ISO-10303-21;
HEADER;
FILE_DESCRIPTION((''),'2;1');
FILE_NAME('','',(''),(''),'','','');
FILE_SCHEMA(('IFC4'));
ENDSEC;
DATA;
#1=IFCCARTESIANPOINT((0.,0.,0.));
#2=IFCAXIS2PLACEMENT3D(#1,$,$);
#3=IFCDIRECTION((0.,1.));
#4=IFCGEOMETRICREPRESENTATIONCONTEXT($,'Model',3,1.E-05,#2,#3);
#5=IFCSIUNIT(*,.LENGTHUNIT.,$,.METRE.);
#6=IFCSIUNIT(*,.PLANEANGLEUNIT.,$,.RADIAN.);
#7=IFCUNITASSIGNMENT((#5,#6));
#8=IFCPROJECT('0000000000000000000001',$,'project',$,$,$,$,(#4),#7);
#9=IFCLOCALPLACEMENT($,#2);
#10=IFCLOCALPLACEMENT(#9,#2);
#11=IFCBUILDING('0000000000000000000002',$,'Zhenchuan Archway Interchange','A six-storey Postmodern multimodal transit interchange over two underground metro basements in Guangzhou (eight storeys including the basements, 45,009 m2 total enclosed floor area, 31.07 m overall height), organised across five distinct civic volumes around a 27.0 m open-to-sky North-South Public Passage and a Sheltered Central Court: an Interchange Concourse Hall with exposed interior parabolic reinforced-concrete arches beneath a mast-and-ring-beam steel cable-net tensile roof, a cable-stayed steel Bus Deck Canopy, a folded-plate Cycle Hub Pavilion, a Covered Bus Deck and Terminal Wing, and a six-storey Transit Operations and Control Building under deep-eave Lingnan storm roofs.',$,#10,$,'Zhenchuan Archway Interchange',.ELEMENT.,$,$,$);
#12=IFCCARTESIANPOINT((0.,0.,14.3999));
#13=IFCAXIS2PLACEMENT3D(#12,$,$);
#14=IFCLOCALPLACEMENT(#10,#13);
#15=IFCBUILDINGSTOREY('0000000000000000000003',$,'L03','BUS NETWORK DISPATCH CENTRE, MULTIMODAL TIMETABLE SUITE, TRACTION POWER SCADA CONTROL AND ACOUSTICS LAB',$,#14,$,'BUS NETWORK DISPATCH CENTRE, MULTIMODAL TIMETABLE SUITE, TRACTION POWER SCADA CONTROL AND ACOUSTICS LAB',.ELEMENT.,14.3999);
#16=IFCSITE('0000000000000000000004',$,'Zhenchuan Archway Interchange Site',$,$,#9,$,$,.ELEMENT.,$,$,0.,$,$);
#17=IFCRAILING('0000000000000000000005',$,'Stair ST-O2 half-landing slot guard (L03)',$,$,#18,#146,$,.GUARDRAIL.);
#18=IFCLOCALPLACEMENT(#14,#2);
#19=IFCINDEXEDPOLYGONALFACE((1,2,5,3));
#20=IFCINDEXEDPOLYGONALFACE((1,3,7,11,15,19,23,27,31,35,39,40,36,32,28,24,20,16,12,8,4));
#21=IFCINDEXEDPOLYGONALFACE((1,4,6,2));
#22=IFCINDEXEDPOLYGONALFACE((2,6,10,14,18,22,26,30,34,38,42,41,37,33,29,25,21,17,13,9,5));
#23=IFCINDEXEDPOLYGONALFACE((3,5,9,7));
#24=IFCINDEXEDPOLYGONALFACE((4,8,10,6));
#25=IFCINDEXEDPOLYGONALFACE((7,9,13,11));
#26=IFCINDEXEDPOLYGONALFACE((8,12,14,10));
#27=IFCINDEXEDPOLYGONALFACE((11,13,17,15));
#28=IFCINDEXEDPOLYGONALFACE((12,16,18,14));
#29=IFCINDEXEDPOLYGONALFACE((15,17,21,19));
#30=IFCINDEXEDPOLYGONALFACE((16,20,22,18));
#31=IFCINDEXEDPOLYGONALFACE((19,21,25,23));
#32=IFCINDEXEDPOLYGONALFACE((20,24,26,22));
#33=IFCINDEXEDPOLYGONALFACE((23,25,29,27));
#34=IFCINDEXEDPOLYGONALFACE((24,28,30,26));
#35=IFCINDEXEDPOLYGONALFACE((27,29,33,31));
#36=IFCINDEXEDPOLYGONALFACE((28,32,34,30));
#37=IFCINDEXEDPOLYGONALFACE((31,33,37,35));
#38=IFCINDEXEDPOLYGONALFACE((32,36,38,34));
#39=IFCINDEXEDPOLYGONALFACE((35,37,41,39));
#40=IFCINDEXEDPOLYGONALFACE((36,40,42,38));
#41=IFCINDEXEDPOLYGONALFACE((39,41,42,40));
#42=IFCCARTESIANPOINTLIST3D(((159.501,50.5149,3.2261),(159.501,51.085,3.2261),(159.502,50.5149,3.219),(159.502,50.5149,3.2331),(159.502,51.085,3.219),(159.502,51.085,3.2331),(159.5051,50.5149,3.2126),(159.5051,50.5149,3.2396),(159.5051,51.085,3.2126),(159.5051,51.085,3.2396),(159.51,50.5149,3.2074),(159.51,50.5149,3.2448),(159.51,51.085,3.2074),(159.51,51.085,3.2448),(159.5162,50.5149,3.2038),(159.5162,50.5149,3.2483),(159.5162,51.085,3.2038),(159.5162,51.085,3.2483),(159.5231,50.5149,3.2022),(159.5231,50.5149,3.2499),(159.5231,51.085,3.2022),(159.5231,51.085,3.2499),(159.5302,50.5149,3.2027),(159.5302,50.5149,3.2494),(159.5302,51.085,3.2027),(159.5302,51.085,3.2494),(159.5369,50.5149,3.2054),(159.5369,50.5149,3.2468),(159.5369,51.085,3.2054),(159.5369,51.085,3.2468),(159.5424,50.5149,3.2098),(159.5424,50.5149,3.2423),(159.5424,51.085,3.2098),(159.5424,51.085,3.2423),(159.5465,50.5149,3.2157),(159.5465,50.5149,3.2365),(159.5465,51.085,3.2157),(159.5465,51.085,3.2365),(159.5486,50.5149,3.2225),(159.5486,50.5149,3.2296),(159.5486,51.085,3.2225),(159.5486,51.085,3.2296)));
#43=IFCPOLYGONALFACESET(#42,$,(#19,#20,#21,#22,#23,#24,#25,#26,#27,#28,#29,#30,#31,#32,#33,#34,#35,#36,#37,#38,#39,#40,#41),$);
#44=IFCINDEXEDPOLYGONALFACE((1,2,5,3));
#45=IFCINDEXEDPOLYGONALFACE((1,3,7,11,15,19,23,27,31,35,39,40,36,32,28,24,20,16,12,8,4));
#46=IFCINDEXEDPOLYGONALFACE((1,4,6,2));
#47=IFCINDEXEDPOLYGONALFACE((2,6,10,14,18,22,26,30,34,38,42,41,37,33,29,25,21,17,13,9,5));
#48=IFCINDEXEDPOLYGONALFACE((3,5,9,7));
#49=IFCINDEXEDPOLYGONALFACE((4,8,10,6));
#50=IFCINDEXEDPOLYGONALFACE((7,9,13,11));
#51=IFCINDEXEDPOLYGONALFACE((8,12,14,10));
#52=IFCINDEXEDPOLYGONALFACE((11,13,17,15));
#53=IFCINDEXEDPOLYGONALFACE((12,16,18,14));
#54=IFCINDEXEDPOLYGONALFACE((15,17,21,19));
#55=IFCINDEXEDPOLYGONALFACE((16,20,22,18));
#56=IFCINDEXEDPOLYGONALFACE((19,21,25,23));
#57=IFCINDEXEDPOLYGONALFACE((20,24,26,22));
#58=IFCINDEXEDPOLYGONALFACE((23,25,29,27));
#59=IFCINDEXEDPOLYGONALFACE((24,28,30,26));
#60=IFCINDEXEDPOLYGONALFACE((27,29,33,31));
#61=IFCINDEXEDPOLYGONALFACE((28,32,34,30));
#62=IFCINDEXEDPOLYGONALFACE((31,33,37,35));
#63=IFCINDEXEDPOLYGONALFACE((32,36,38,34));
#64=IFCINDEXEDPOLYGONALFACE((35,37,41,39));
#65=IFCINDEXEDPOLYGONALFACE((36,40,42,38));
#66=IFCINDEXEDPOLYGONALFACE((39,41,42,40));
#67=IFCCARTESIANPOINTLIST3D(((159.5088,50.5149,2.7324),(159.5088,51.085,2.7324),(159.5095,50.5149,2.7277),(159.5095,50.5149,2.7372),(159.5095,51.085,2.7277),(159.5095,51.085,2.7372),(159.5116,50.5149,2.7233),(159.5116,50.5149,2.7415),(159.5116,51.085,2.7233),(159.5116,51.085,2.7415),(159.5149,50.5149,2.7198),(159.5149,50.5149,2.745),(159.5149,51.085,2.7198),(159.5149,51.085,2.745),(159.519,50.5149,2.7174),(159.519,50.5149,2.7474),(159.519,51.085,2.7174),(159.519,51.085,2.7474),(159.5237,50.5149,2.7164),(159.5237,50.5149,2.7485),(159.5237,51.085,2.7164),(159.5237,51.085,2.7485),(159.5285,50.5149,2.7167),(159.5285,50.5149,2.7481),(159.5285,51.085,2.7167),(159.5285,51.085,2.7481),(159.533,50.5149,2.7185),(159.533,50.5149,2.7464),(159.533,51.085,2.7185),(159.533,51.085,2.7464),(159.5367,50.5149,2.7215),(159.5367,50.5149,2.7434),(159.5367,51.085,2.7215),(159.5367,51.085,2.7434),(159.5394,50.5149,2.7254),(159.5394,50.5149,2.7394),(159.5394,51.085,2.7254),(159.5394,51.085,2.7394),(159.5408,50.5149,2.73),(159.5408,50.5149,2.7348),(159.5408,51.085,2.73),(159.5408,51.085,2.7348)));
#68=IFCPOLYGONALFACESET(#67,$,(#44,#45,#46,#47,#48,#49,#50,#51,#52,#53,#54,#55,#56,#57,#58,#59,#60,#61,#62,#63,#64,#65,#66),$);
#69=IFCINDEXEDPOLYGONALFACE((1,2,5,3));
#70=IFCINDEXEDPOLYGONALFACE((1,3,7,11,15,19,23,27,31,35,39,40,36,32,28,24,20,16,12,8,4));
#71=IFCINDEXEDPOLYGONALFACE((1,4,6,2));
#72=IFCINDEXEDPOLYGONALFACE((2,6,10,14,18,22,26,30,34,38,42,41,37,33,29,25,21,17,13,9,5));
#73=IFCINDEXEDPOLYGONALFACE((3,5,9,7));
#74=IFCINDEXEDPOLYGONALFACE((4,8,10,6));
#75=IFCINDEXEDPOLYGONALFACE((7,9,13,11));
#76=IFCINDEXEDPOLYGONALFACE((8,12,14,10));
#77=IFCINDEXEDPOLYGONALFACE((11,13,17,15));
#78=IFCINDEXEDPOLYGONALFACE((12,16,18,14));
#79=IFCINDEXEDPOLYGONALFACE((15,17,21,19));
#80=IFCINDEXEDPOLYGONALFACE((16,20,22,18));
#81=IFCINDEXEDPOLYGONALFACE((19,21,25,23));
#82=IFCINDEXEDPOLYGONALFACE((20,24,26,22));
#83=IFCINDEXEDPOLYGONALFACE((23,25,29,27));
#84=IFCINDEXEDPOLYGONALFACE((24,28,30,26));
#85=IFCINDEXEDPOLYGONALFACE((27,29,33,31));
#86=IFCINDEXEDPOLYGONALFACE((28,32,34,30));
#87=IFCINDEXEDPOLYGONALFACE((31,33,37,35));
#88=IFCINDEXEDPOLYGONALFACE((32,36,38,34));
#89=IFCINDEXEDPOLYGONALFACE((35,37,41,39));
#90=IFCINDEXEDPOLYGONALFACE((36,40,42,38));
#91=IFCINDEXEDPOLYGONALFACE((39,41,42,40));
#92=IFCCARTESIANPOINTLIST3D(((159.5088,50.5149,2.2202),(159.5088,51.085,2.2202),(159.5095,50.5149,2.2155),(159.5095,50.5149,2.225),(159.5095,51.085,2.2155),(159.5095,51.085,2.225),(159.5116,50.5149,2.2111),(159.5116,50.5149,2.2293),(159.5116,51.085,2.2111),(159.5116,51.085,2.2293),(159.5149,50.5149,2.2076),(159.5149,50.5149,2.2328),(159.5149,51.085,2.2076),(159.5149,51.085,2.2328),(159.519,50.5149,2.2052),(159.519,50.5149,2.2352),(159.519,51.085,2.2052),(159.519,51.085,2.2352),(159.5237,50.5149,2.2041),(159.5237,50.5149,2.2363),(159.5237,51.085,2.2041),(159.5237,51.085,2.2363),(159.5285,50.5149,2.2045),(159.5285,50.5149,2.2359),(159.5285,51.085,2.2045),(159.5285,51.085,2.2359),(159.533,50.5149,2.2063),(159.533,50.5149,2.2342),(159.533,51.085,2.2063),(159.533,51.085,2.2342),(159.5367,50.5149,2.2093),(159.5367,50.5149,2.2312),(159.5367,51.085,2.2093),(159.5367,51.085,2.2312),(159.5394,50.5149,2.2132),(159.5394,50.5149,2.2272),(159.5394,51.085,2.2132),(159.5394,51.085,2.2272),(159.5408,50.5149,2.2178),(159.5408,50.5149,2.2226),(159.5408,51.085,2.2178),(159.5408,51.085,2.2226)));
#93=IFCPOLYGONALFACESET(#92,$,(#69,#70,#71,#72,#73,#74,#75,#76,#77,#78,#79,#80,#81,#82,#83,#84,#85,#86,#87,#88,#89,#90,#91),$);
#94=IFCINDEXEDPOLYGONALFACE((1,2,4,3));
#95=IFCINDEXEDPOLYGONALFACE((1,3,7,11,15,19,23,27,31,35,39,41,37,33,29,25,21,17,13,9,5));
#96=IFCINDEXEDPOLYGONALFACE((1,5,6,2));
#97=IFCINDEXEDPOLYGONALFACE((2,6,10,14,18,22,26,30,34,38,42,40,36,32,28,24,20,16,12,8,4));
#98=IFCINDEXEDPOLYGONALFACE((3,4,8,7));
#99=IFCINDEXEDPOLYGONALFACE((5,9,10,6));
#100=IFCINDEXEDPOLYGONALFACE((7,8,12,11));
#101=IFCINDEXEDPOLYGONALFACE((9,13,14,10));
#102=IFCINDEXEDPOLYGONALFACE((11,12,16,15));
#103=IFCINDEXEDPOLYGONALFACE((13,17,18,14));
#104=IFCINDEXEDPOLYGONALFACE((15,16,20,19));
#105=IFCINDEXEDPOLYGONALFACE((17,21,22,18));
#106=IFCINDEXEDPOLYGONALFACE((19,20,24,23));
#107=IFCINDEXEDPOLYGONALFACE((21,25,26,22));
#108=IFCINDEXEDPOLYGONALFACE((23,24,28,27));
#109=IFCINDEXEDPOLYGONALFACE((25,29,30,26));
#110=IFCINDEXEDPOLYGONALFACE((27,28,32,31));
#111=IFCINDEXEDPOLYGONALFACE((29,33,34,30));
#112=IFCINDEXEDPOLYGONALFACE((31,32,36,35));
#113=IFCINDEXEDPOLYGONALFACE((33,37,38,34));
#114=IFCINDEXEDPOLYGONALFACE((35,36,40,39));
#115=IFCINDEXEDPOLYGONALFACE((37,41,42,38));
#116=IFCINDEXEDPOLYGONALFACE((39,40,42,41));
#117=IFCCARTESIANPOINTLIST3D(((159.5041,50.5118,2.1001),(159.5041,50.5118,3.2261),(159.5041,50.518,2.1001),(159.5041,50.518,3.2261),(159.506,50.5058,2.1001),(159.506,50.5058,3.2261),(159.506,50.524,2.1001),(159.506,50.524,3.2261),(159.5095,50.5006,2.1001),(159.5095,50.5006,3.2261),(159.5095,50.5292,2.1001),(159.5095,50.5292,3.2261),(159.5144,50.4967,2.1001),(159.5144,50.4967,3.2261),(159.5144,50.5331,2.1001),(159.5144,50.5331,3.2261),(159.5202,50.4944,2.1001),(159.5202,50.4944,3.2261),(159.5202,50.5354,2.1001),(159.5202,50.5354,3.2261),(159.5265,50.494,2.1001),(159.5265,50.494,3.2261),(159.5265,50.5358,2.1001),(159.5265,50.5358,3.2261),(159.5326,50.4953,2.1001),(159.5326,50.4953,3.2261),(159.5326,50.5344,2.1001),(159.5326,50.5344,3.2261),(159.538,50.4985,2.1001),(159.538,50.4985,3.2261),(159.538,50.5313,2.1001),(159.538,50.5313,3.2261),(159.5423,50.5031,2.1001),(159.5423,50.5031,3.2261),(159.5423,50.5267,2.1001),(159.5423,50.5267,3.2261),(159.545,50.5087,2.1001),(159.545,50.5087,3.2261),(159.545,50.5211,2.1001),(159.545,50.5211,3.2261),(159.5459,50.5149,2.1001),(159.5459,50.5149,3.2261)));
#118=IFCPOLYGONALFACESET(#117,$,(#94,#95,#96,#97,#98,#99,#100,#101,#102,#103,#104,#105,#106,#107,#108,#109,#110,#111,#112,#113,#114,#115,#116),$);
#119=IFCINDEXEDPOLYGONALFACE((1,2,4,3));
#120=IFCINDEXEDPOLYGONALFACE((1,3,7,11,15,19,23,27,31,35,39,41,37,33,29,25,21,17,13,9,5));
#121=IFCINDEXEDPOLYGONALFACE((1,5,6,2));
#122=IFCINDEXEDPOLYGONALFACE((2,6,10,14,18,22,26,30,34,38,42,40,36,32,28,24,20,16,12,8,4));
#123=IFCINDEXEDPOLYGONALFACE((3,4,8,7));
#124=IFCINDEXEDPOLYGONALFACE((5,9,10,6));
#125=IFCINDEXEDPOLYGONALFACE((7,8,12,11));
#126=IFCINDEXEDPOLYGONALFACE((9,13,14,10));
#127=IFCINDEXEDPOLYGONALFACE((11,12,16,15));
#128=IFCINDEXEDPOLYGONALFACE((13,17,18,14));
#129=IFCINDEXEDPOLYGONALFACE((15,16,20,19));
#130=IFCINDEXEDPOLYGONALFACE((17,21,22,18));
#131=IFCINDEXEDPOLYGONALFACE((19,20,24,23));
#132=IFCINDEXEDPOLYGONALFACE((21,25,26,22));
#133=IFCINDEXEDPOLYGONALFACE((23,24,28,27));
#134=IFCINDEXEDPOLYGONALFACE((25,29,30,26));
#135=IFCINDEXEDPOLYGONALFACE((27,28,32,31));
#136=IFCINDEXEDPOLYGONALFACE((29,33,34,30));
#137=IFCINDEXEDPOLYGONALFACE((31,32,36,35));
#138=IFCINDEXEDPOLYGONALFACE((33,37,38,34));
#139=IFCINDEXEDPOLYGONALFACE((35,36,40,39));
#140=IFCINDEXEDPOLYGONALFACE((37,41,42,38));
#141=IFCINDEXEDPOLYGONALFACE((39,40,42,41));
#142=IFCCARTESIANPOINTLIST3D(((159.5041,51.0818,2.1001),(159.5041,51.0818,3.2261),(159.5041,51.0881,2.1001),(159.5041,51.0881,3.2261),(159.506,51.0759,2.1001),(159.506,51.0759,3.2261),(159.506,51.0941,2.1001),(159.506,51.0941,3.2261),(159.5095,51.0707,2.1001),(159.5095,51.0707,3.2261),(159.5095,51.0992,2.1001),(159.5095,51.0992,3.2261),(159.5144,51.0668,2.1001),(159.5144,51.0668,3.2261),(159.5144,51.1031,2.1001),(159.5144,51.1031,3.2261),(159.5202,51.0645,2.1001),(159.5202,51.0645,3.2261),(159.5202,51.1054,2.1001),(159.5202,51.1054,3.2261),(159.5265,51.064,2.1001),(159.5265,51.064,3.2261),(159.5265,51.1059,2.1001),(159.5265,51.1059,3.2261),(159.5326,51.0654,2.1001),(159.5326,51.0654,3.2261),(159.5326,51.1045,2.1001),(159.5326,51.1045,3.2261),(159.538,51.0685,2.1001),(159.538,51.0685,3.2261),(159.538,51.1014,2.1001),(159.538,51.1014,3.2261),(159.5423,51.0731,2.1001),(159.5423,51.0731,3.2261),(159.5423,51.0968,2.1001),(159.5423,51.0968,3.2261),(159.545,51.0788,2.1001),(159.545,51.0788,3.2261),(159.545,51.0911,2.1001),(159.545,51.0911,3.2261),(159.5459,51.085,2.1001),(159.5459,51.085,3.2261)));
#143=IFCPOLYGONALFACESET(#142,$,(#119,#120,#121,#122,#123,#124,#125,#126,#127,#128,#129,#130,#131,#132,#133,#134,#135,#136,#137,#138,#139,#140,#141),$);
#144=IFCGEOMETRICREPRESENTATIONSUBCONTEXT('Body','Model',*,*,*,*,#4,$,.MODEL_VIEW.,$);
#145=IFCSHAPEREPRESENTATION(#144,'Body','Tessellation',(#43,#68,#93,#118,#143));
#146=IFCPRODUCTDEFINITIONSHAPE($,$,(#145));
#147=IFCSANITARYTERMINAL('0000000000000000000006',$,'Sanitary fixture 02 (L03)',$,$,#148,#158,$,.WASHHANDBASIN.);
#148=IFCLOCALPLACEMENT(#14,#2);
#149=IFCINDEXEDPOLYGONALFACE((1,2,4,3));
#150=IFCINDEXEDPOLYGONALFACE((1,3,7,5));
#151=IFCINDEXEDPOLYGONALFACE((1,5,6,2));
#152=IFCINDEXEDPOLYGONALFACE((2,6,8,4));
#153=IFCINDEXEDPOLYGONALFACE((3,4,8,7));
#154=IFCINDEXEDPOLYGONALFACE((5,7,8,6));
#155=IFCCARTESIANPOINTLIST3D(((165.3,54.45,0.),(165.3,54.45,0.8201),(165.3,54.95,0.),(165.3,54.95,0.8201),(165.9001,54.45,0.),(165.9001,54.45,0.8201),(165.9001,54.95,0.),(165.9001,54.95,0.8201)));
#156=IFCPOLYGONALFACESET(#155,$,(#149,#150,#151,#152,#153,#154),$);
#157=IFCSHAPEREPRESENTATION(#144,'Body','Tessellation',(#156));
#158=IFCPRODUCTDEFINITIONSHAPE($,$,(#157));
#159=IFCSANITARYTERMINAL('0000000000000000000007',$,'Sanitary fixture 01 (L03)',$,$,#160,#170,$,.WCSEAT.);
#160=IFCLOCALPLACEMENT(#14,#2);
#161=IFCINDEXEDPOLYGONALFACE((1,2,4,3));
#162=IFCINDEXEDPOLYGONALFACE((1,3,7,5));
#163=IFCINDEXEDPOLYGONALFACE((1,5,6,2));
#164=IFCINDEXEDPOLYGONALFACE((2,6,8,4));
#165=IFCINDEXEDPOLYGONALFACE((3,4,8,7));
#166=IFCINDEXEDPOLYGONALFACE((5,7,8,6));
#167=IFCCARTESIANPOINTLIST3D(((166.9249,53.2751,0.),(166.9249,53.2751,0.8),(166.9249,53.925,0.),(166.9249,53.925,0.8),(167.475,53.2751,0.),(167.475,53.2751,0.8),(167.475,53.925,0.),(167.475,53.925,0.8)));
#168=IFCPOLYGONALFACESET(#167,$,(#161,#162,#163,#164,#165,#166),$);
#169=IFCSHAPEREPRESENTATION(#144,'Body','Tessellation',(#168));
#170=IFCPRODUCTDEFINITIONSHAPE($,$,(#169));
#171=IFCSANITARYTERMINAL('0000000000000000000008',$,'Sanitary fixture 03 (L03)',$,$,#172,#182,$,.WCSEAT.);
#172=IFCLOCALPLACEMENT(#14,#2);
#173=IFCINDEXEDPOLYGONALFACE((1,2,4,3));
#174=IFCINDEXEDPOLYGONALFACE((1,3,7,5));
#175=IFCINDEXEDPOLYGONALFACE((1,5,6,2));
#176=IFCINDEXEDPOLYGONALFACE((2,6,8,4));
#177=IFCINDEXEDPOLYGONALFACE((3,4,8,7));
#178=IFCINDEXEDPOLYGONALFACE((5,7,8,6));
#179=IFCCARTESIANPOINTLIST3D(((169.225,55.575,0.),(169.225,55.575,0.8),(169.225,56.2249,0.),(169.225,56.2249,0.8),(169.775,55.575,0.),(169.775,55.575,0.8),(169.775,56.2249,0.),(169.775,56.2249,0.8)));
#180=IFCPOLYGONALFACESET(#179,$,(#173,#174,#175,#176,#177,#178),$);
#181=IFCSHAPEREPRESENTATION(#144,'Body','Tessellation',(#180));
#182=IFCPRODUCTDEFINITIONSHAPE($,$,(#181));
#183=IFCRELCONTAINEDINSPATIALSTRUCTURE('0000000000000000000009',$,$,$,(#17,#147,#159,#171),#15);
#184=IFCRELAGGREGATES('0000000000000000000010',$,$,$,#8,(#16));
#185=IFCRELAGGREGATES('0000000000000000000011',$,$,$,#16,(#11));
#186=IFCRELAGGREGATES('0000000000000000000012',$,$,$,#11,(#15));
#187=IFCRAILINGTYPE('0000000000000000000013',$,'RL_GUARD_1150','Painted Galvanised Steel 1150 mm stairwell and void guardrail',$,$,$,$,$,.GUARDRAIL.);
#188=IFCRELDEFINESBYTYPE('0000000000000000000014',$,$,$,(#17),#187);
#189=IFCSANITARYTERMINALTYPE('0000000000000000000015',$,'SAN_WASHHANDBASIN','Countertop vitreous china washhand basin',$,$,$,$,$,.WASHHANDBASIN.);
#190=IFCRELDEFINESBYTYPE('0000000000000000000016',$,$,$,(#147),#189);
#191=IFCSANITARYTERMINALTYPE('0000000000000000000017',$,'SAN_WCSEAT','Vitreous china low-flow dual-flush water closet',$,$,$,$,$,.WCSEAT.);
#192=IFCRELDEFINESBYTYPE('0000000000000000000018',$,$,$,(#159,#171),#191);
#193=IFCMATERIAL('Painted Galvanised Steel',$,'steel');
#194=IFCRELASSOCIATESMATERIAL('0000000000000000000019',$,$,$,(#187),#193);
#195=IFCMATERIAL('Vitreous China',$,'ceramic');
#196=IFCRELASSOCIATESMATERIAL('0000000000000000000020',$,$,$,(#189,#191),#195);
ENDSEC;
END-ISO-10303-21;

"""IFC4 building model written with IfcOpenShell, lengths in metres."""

from ifc_helpers import new_model, si_unit, direction, frame, origin, origin_2d, place, context, subcontext, project, spatial, rectangle, circle, extrude, material, type_object, element, save


model = new_model("IFC4")

# Units and contexts
model_context = context("Model", 3, precision=1e-05, world=origin(), true_north=direction((0.0, 1.0)))
body_context = subcontext(model_context, "Body", "Model", "MODEL_VIEW")
ifc_project = project(units=[si_unit("LENGTHUNIT", "METRE"), si_unit("PLANEANGLEUNIT", "RADIAN")], contexts=[model_context])

# Site, building, storey
site_placement = place(None, origin())
site = spatial("IfcSite", under=ifc_project, at=site_placement, Name="Zhenchuan Archway Interchange Site", CompositionType="ELEMENT", RefElevation=0.0)
building_placement = place(site_placement, origin())
building = spatial("IfcBuilding", under=site, at=building_placement, Name="Zhenchuan Archway Interchange", Description="A six-storey Postmodern multimodal transit interchange over two underground metro basements in Guangzhou (eight storeys including the basements, 45,009 m2 total enclosed floor area, 31.07 m overall height), organised across five distinct civic volumes around a 27.0 m open-to-sky North-South Public Passage and a Sheltered Central Court: an Interchange Concourse Hall with exposed interior parabolic reinforced-concrete arches beneath a mast-and-ring-beam steel cable-net tensile roof, a cable-stayed steel Bus Deck Canopy, a folded-plate Cycle Hub Pavilion, a Covered Bus Deck and Terminal Wing, and a six-storey Transit Operations and Control Building under deep-eave Lingnan storm roofs.", LongName="Zhenchuan Archway Interchange", CompositionType="ELEMENT")
storey_placement = place(building_placement, frame((0.0, 0.0, 14.3999)))
storey = spatial("IfcBuildingStorey", under=building, at=storey_placement, Name="L03", Description="BUS NETWORK DISPATCH CENTRE, MULTIMODAL TIMETABLE SUITE, TRACTION POWER SCADA CONTROL AND ACOUSTICS LAB", LongName="BUS NETWORK DISPATCH CENTRE, MULTIMODAL TIMETABLE SUITE, TRACTION POWER SCADA CONTROL AND ACOUSTICS LAB", CompositionType="ELEMENT", Elevation=14.3999)

# Shared definitions
ifc_material_1 = material(Name="Painted Galvanised Steel", Category="steel")

# Railing
railing_type_1 = type_object("IfcRailingType", Name="RL_GUARD_1150", Description="Painted Galvanised Steel 1150 mm stairwell and void guardrail", PredefinedType="GUARDRAIL", material=ifc_material_1)
railing_placement = place(storey_placement, frame((159.5249, 50.5149, 2.1001)))
element("IfcRailing", 1, at=railing_placement, inside=storey, type_object=railing_type_1, Name="Stair ST-O2 half-landing slot guard (L03)", PredefinedType="GUARDRAIL", context=body_context, shape_type="SweptSolid", body=[
    extrude(circle(Radius=0.0239, at=origin_2d()), frame((0.0, 0.0, 1.126), z_axis=(0.0, 1.0, 0.0), x_axis=(-1.0, 0.0, 0.0)), (0.0, 0.0, 1.0), 0.5701),
    extrude(circle(Radius=0.0161, at=origin_2d()), frame((0.0, 0.0, 0.6323), z_axis=(0.0, 1.0, 0.0), x_axis=(-1.0, 0.0, 0.0)), (0.0, 0.0, 1.0), 0.5701),
    extrude(circle(Radius=0.0161, at=origin_2d()), frame((0.0, 0.0, 0.1201), z_axis=(0.0, 1.0, 0.0), x_axis=(-1.0, 0.0, 0.0)), (0.0, 0.0, 1.0), 0.5701),
    extrude(circle(Radius=0.021, at=origin_2d()), origin(), (0.0, 0.0, 1.0), 1.126),
    extrude(circle(Radius=0.021, at=origin_2d()), frame((0.0, 0.5701, 0.0)), (0.0, 0.0, 1.0), 1.126),
])

# Sanitary terminals
ifc_material_2 = material(Name="Vitreous China", Category="ceramic")
sanitary_terminal_type_1 = type_object("IfcSanitaryTerminalType", Name="SAN_WASHHANDBASIN", Description="Countertop vitreous china washhand basin", PredefinedType="WASHHANDBASIN", material=ifc_material_2)
sanitary_terminal_placement = place(storey_placement, frame((165.6001, 54.7, 0.0), z_axis=(0.0, 0.0, 1.0), x_axis=(1.0, 0.0, 0.0)))
element("IfcSanitaryTerminal", 2, at=sanitary_terminal_placement, inside=storey, type_object=sanitary_terminal_type_1, Name="Sanitary fixture 02 (L03)", PredefinedType="WASHHANDBASIN", context=body_context, shape_type="SweptSolid", body=[
    extrude(rectangle(XDim=0.6001, YDim=0.5, at=origin_2d()), origin(), (0.0, 0.0, 1.0), 0.8201),
])
sanitary_terminal_type_2 = type_object("IfcSanitaryTerminalType", Name="SAN_WCSEAT", Description="Vitreous china low-flow dual-flush water closet", PredefinedType="WCSEAT", material=ifc_material_2)
for number, where, z_axis, x_axis, name in (
    (3, (167.2, 53.6001, 0.0), (0.0, 0.0, 1.0), (1.0, 0.0, 0.0), "Sanitary fixture 01 (L03)"),
    (4, (169.5, 55.8999, 0.0), (0.0, 0.0, 1.0), (1.0, 0.0, 0.0), "Sanitary fixture 03 (L03)"),
):
    element("IfcSanitaryTerminal", number, at=place(storey_placement, frame(where, z_axis=z_axis, x_axis=x_axis)), inside=storey, type_object=sanitary_terminal_type_2, Name=name, PredefinedType="WCSEAT", context=body_context, shape_type="SweptSolid", body=[
        extrude(rectangle(XDim=0.55, YDim=0.6499, at=origin_2d()), origin(), (0.0, 0.0, 1.0), 0.8),
    ])

save(model, "model.ifc")
